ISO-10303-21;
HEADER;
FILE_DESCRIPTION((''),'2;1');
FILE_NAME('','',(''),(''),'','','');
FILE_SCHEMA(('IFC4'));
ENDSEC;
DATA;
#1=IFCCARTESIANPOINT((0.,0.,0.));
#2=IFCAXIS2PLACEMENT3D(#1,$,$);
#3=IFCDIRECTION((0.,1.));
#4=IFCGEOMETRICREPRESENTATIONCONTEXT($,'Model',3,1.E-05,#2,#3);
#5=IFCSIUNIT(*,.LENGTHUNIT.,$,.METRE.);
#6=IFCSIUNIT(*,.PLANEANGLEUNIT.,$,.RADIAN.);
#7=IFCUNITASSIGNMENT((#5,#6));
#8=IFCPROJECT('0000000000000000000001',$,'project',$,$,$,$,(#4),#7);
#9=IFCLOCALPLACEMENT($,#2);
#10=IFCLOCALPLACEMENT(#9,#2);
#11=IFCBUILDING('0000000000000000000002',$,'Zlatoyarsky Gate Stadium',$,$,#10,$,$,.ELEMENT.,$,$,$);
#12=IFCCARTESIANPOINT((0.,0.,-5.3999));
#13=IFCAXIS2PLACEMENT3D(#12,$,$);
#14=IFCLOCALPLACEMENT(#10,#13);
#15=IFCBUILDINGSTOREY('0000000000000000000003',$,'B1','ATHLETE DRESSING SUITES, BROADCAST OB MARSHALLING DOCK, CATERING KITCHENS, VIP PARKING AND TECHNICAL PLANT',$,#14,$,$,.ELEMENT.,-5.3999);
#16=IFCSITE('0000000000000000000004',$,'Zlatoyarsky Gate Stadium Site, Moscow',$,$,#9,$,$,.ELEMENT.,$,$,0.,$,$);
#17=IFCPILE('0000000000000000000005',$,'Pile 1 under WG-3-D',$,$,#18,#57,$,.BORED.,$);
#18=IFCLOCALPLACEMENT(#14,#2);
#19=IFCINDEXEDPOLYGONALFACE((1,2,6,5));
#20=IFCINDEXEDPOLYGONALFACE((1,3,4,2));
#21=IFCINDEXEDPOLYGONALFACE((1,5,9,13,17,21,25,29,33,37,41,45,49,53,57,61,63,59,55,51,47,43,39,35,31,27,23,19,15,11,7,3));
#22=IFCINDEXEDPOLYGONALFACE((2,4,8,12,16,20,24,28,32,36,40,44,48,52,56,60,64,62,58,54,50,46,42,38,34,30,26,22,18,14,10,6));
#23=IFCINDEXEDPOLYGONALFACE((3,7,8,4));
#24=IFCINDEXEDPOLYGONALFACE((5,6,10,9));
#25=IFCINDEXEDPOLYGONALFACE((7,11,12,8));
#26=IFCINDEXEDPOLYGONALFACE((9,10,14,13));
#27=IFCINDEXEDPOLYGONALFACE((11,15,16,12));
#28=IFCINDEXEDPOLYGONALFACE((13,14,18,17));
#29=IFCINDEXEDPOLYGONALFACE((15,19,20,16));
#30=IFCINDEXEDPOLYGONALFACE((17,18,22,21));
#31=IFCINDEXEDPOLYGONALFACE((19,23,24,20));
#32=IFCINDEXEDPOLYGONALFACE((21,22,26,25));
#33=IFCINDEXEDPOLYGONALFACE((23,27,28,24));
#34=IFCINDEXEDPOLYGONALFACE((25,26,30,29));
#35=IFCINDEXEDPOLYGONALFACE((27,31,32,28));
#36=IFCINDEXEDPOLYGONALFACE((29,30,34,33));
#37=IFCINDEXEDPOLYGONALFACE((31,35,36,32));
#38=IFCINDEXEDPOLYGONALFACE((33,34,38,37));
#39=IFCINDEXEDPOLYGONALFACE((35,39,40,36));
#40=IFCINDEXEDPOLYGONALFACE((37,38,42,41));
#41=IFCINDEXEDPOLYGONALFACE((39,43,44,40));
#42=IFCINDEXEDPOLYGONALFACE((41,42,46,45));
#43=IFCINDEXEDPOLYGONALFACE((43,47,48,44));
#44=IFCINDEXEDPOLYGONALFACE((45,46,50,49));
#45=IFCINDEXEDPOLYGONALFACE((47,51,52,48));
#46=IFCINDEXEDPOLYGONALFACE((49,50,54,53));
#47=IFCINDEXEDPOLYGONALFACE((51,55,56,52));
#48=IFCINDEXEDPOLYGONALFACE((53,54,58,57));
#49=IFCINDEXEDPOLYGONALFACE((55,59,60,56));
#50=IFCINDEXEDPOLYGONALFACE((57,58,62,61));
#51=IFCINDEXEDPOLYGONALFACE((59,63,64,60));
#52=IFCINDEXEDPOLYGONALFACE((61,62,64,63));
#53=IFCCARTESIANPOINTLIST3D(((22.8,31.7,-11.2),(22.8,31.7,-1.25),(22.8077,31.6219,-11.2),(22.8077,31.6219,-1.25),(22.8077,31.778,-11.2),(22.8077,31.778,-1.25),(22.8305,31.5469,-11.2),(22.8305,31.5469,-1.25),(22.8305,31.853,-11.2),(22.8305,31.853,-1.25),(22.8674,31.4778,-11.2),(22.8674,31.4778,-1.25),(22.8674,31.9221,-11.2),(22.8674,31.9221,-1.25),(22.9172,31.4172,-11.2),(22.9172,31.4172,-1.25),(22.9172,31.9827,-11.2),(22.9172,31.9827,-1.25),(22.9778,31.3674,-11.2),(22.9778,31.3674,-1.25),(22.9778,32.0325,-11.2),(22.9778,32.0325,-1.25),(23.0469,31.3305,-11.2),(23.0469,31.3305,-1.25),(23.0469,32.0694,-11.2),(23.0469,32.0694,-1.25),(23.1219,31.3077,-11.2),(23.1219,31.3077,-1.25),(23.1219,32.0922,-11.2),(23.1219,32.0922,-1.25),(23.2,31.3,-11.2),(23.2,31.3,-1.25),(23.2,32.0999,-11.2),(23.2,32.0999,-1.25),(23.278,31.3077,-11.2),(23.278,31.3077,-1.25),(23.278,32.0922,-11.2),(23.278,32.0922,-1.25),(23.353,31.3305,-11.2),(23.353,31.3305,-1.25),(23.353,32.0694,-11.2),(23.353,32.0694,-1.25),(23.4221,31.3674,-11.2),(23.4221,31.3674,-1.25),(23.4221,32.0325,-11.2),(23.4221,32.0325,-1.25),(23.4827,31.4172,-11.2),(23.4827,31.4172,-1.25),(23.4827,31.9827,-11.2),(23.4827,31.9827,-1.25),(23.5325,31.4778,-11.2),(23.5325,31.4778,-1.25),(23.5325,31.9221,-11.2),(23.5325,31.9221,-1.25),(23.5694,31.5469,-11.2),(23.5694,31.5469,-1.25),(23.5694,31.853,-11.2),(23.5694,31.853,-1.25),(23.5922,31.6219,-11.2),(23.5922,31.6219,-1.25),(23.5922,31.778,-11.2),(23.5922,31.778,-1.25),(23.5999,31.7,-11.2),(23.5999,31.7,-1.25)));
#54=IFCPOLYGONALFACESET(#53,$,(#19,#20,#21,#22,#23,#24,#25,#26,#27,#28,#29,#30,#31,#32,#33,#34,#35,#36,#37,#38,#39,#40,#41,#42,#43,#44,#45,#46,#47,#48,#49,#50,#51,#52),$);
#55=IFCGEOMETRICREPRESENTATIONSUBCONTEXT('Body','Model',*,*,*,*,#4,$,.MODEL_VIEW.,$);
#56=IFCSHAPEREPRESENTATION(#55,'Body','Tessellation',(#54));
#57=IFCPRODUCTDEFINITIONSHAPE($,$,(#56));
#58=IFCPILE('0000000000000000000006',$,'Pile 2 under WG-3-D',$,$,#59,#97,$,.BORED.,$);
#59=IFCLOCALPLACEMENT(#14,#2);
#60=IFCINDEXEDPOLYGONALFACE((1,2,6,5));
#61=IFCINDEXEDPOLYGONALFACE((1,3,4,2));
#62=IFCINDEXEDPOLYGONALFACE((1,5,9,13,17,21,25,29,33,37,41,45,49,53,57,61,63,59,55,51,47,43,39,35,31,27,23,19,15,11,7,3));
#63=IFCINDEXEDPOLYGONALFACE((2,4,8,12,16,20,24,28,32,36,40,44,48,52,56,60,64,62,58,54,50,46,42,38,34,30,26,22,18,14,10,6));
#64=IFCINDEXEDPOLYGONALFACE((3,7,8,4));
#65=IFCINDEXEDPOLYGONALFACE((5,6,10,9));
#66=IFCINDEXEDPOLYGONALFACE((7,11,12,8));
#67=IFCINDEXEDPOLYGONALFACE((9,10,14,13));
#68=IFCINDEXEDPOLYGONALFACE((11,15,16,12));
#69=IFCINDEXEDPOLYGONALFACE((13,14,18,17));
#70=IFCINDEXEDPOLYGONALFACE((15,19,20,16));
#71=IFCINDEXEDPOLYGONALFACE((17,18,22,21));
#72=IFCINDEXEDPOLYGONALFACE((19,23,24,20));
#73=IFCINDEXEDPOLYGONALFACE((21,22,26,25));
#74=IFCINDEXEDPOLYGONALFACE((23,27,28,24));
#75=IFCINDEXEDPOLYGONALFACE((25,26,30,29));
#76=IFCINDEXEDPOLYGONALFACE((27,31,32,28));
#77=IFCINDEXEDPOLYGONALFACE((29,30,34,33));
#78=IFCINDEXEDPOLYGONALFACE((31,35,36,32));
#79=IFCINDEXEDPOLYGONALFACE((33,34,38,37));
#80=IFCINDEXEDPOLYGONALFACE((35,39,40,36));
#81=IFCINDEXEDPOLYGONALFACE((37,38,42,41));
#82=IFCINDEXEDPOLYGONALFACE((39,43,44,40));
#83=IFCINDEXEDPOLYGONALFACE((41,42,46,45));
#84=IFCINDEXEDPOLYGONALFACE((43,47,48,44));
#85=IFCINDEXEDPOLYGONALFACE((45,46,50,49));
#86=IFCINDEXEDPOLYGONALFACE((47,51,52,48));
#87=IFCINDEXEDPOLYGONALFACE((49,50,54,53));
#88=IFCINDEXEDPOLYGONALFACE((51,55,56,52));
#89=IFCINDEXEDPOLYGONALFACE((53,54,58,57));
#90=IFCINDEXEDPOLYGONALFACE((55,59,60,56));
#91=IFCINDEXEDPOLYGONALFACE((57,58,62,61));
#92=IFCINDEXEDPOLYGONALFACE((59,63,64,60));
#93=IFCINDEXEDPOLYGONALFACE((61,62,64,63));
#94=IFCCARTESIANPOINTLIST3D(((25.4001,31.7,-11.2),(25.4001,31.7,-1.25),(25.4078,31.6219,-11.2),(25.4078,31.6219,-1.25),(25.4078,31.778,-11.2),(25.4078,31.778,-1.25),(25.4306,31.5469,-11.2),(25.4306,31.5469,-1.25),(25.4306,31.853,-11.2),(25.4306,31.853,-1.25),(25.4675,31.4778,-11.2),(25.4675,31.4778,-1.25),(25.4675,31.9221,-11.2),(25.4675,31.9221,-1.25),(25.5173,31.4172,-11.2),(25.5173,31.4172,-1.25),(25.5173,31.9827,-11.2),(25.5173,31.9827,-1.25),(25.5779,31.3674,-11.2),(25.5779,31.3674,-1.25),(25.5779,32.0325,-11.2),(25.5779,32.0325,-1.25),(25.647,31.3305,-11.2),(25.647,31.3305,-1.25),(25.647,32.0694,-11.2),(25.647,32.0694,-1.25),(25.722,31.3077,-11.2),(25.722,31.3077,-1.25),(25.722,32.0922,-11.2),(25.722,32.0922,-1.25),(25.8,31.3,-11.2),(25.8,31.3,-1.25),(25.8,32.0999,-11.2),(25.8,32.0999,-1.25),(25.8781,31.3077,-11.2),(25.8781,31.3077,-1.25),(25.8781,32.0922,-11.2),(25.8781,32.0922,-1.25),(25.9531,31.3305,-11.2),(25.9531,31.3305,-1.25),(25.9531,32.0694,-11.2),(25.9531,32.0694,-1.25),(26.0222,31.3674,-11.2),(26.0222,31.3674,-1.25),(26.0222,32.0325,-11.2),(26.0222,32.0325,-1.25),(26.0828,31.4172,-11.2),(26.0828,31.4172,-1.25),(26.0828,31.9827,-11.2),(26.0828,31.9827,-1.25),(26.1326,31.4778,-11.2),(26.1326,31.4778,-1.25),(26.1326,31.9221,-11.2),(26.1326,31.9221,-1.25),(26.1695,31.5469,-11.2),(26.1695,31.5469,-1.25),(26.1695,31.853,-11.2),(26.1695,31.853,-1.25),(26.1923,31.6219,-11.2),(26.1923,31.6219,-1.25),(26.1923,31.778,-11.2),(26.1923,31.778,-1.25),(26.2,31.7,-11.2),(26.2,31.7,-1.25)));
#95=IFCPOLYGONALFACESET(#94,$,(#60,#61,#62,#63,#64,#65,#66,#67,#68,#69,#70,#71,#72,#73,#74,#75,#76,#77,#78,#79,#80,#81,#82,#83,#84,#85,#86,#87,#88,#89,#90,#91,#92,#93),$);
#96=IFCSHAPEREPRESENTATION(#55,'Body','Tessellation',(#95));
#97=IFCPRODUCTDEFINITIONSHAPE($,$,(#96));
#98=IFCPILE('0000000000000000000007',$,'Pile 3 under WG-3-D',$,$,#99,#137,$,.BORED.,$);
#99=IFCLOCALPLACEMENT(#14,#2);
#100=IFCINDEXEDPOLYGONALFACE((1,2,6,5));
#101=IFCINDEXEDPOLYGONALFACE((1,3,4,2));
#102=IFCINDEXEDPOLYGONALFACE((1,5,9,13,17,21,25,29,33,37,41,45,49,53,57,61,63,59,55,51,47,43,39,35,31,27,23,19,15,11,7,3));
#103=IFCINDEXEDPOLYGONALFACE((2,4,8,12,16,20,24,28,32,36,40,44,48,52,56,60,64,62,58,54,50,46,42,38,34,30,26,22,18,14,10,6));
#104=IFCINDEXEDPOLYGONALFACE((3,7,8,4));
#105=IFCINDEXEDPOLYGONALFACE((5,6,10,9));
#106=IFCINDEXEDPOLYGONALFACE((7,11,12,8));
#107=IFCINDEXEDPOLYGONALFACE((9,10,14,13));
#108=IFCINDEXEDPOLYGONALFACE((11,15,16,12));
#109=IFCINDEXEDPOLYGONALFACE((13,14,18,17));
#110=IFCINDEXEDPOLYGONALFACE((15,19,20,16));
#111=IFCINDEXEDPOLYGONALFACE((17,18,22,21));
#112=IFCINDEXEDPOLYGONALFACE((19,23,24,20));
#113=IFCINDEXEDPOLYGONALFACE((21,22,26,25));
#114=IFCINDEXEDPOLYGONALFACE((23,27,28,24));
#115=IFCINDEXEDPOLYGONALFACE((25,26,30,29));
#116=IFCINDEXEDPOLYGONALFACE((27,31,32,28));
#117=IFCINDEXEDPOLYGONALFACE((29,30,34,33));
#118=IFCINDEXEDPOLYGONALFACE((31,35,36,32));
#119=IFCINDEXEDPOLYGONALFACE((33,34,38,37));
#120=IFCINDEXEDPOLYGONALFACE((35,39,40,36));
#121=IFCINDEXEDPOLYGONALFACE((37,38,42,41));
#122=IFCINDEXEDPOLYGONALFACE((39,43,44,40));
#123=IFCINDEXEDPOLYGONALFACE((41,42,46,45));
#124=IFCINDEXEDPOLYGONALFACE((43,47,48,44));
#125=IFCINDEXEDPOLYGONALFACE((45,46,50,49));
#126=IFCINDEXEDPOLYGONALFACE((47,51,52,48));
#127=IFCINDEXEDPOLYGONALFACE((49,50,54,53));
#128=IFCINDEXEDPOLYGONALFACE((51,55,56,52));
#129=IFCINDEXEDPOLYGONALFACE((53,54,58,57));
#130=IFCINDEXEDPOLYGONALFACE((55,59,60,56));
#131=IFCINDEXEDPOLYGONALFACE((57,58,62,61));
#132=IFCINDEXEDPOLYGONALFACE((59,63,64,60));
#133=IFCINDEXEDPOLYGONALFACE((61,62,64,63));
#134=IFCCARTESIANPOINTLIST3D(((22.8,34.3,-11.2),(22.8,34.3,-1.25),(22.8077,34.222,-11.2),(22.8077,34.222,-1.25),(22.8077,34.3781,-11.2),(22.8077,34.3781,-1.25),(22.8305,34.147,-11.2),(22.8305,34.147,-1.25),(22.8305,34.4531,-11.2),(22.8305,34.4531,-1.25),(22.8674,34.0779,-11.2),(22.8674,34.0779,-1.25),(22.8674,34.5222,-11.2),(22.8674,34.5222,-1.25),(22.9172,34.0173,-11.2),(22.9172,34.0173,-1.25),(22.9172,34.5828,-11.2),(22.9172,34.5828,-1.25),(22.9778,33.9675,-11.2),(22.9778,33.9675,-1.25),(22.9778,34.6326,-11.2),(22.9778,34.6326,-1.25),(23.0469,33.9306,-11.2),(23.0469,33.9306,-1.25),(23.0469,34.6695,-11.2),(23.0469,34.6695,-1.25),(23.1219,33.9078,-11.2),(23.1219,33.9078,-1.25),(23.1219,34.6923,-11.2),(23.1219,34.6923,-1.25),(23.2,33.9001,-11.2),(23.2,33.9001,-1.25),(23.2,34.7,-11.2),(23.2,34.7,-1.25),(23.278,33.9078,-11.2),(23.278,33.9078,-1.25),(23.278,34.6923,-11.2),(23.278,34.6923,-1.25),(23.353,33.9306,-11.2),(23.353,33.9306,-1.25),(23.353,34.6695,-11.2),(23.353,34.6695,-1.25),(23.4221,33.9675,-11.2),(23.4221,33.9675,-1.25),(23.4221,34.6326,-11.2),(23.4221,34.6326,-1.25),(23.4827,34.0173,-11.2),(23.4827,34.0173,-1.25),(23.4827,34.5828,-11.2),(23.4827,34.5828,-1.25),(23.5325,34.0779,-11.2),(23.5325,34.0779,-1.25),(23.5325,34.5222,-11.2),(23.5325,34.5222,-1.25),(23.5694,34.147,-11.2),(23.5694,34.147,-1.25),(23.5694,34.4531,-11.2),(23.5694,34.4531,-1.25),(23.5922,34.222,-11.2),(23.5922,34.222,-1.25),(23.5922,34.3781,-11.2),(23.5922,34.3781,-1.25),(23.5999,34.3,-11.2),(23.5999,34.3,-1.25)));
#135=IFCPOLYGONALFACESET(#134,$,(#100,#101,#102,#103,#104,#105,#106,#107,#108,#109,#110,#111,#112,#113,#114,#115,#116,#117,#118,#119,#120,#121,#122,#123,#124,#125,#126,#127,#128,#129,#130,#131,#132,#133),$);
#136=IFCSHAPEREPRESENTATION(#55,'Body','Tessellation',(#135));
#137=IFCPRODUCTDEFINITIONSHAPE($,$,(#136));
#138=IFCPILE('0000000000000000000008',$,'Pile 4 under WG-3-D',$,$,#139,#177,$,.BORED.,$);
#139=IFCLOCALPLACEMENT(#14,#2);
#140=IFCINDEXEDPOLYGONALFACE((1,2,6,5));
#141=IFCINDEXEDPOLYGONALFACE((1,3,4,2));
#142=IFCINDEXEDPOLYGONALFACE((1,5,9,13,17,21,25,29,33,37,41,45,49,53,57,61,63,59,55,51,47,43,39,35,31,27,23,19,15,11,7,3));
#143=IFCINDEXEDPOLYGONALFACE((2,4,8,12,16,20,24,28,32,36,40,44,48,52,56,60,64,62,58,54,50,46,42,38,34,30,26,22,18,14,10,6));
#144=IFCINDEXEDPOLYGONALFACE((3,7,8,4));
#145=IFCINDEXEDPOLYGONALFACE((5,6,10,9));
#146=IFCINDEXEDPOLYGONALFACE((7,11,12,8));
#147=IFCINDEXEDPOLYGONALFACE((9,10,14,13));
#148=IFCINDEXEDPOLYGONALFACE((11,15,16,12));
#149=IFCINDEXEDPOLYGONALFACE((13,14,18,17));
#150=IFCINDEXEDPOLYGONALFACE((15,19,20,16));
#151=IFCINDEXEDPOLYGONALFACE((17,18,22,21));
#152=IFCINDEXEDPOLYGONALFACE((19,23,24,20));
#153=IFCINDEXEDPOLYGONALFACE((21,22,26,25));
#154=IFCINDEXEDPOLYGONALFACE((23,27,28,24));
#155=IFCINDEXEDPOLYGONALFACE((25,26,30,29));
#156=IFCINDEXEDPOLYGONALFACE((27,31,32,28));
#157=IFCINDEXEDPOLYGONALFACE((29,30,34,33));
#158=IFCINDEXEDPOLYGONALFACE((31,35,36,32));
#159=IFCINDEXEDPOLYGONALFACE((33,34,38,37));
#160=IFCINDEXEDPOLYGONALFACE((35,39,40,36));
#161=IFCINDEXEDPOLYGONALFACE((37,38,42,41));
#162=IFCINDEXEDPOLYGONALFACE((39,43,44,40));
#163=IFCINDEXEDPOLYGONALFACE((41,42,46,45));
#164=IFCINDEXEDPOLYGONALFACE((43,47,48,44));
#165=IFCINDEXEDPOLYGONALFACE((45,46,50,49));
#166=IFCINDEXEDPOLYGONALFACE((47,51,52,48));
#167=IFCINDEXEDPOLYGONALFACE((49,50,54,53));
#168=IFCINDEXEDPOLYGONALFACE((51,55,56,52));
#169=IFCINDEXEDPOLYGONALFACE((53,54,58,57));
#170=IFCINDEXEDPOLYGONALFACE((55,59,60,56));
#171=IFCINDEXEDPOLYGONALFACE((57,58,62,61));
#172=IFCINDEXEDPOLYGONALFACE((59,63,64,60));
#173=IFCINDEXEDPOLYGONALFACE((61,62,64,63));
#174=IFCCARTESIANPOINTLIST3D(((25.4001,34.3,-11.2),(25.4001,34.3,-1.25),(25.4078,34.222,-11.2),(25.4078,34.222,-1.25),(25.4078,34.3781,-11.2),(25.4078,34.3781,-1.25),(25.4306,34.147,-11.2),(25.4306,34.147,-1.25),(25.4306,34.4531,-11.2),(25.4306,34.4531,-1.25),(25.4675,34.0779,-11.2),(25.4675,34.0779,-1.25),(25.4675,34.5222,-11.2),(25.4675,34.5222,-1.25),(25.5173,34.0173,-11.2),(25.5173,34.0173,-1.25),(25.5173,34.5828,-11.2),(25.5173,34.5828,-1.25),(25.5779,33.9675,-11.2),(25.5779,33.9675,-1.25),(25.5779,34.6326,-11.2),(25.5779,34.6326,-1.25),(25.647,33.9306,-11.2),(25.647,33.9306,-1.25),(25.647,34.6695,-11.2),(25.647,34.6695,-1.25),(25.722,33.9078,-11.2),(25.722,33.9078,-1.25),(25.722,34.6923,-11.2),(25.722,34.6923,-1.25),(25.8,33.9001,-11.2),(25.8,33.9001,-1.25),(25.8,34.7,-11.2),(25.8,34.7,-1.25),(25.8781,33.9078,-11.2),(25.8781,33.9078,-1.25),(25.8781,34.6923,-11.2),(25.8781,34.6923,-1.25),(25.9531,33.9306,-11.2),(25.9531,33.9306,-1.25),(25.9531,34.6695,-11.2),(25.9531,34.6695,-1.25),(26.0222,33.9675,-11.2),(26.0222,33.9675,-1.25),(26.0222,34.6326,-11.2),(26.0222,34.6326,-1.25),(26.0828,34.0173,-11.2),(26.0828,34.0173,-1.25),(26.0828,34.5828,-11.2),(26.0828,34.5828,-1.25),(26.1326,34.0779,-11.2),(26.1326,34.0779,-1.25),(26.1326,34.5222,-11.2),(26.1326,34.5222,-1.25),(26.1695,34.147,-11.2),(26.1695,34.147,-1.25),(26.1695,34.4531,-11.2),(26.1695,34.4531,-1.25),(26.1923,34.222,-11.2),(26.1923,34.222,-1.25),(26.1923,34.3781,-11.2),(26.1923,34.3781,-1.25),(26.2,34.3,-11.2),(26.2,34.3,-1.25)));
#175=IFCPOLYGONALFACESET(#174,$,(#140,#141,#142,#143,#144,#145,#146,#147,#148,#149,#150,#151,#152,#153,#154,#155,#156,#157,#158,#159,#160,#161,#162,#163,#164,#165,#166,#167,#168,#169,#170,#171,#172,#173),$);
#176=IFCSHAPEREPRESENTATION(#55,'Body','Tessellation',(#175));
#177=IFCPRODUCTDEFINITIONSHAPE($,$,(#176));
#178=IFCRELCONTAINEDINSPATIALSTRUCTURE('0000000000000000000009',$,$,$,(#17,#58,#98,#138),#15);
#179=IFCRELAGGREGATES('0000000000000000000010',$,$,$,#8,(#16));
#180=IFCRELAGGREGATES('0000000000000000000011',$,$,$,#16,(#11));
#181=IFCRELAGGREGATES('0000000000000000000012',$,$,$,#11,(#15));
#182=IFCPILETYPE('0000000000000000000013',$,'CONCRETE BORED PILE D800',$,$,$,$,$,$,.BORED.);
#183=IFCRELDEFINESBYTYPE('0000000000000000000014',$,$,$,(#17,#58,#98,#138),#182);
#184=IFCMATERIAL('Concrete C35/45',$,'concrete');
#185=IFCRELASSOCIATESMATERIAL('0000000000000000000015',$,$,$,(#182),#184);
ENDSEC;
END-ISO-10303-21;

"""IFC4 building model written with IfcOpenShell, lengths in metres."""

from ifc_helpers import new_model, si_unit, direction, frame, origin, origin_2d, place, context, subcontext, project, spatial, circle, extrude, material, material_profile, profile_set, type_object, element, save


model = new_model("IFC4")

# Units and contexts
model_context = context("Model", 3, precision=1e-05, world=origin(), true_north=direction((0.0, 1.0)))
body_context = subcontext(model_context, "Body", "Model", "MODEL_VIEW")
ifc_project = project(units=[si_unit("LENGTHUNIT", "METRE"), si_unit("PLANEANGLEUNIT", "RADIAN")], contexts=[model_context])

# Site, building, storey
site_placement = place(None, origin())
site = spatial("IfcSite", under=ifc_project, at=site_placement, Name="Zlatoyarsky Gate Stadium Site, Moscow", CompositionType="ELEMENT", RefElevation=0.0)
building_placement = place(site_placement, origin())
building = spatial("IfcBuilding", under=site, at=building_placement, Name="Zlatoyarsky Gate Stadium", CompositionType="ELEMENT")
storey_placement = place(building_placement, frame((0.0, 0.0, -5.3999)))
storey = spatial("IfcBuildingStorey", under=building, at=storey_placement, Name="B1", Description="ATHLETE DRESSING SUITES, BROADCAST OB MARSHALLING DOCK, CATERING KITCHENS, VIP PARKING AND TECHNICAL PLANT", CompositionType="ELEMENT", Elevation=-5.3999)

# Piles
ifc_material_1 = material(Name="Concrete C35/45", Category="concrete")
ifc_material_profile_1 = material_profile(ifc_material_1, circle(Radius=0.3999, at=origin_2d()), Name="BORED PILE D800")
ifc_profile_set_1 = profile_set([ifc_material_profile_1], Name="Concrete C35/45")
pile_type_1 = type_object("IfcPileType", Name="CONCRETE BORED PILE D800", PredefinedType="BORED", material=ifc_profile_set_1)
for number, where, z_axis, x_axis, name in (
    (1, (23.2, 31.7, -1.25), (0.0, 0.0, -1.0), (1.0, 0.0, 0.0), "Pile 1 under WG-3-D"),
    (2, (25.8, 31.7, -1.25), (0.0, 0.0, -1.0), (1.0, 0.0, 0.0), "Pile 2 under WG-3-D"),
    (3, (23.2, 34.3, -1.25), (0.0, 0.0, -1.0), (1.0, 0.0, 0.0), "Pile 3 under WG-3-D"),
    (4, (25.8, 34.3, -1.25), (0.0, 0.0, -1.0), (1.0, 0.0, 0.0), "Pile 4 under WG-3-D"),
):
    element("IfcPile", number, at=place(storey_placement, frame(where, z_axis=z_axis, x_axis=x_axis)), inside=storey, type_object=pile_type_1, Name=name, PredefinedType="BORED", context=body_context, shape_type="SweptSolid", body=[
        extrude(circle(Radius=0.3999, at=origin_2d()), origin(), (0.0, 0.0, 1.0), 9.95),
    ])

save(model, "model.ifc")
